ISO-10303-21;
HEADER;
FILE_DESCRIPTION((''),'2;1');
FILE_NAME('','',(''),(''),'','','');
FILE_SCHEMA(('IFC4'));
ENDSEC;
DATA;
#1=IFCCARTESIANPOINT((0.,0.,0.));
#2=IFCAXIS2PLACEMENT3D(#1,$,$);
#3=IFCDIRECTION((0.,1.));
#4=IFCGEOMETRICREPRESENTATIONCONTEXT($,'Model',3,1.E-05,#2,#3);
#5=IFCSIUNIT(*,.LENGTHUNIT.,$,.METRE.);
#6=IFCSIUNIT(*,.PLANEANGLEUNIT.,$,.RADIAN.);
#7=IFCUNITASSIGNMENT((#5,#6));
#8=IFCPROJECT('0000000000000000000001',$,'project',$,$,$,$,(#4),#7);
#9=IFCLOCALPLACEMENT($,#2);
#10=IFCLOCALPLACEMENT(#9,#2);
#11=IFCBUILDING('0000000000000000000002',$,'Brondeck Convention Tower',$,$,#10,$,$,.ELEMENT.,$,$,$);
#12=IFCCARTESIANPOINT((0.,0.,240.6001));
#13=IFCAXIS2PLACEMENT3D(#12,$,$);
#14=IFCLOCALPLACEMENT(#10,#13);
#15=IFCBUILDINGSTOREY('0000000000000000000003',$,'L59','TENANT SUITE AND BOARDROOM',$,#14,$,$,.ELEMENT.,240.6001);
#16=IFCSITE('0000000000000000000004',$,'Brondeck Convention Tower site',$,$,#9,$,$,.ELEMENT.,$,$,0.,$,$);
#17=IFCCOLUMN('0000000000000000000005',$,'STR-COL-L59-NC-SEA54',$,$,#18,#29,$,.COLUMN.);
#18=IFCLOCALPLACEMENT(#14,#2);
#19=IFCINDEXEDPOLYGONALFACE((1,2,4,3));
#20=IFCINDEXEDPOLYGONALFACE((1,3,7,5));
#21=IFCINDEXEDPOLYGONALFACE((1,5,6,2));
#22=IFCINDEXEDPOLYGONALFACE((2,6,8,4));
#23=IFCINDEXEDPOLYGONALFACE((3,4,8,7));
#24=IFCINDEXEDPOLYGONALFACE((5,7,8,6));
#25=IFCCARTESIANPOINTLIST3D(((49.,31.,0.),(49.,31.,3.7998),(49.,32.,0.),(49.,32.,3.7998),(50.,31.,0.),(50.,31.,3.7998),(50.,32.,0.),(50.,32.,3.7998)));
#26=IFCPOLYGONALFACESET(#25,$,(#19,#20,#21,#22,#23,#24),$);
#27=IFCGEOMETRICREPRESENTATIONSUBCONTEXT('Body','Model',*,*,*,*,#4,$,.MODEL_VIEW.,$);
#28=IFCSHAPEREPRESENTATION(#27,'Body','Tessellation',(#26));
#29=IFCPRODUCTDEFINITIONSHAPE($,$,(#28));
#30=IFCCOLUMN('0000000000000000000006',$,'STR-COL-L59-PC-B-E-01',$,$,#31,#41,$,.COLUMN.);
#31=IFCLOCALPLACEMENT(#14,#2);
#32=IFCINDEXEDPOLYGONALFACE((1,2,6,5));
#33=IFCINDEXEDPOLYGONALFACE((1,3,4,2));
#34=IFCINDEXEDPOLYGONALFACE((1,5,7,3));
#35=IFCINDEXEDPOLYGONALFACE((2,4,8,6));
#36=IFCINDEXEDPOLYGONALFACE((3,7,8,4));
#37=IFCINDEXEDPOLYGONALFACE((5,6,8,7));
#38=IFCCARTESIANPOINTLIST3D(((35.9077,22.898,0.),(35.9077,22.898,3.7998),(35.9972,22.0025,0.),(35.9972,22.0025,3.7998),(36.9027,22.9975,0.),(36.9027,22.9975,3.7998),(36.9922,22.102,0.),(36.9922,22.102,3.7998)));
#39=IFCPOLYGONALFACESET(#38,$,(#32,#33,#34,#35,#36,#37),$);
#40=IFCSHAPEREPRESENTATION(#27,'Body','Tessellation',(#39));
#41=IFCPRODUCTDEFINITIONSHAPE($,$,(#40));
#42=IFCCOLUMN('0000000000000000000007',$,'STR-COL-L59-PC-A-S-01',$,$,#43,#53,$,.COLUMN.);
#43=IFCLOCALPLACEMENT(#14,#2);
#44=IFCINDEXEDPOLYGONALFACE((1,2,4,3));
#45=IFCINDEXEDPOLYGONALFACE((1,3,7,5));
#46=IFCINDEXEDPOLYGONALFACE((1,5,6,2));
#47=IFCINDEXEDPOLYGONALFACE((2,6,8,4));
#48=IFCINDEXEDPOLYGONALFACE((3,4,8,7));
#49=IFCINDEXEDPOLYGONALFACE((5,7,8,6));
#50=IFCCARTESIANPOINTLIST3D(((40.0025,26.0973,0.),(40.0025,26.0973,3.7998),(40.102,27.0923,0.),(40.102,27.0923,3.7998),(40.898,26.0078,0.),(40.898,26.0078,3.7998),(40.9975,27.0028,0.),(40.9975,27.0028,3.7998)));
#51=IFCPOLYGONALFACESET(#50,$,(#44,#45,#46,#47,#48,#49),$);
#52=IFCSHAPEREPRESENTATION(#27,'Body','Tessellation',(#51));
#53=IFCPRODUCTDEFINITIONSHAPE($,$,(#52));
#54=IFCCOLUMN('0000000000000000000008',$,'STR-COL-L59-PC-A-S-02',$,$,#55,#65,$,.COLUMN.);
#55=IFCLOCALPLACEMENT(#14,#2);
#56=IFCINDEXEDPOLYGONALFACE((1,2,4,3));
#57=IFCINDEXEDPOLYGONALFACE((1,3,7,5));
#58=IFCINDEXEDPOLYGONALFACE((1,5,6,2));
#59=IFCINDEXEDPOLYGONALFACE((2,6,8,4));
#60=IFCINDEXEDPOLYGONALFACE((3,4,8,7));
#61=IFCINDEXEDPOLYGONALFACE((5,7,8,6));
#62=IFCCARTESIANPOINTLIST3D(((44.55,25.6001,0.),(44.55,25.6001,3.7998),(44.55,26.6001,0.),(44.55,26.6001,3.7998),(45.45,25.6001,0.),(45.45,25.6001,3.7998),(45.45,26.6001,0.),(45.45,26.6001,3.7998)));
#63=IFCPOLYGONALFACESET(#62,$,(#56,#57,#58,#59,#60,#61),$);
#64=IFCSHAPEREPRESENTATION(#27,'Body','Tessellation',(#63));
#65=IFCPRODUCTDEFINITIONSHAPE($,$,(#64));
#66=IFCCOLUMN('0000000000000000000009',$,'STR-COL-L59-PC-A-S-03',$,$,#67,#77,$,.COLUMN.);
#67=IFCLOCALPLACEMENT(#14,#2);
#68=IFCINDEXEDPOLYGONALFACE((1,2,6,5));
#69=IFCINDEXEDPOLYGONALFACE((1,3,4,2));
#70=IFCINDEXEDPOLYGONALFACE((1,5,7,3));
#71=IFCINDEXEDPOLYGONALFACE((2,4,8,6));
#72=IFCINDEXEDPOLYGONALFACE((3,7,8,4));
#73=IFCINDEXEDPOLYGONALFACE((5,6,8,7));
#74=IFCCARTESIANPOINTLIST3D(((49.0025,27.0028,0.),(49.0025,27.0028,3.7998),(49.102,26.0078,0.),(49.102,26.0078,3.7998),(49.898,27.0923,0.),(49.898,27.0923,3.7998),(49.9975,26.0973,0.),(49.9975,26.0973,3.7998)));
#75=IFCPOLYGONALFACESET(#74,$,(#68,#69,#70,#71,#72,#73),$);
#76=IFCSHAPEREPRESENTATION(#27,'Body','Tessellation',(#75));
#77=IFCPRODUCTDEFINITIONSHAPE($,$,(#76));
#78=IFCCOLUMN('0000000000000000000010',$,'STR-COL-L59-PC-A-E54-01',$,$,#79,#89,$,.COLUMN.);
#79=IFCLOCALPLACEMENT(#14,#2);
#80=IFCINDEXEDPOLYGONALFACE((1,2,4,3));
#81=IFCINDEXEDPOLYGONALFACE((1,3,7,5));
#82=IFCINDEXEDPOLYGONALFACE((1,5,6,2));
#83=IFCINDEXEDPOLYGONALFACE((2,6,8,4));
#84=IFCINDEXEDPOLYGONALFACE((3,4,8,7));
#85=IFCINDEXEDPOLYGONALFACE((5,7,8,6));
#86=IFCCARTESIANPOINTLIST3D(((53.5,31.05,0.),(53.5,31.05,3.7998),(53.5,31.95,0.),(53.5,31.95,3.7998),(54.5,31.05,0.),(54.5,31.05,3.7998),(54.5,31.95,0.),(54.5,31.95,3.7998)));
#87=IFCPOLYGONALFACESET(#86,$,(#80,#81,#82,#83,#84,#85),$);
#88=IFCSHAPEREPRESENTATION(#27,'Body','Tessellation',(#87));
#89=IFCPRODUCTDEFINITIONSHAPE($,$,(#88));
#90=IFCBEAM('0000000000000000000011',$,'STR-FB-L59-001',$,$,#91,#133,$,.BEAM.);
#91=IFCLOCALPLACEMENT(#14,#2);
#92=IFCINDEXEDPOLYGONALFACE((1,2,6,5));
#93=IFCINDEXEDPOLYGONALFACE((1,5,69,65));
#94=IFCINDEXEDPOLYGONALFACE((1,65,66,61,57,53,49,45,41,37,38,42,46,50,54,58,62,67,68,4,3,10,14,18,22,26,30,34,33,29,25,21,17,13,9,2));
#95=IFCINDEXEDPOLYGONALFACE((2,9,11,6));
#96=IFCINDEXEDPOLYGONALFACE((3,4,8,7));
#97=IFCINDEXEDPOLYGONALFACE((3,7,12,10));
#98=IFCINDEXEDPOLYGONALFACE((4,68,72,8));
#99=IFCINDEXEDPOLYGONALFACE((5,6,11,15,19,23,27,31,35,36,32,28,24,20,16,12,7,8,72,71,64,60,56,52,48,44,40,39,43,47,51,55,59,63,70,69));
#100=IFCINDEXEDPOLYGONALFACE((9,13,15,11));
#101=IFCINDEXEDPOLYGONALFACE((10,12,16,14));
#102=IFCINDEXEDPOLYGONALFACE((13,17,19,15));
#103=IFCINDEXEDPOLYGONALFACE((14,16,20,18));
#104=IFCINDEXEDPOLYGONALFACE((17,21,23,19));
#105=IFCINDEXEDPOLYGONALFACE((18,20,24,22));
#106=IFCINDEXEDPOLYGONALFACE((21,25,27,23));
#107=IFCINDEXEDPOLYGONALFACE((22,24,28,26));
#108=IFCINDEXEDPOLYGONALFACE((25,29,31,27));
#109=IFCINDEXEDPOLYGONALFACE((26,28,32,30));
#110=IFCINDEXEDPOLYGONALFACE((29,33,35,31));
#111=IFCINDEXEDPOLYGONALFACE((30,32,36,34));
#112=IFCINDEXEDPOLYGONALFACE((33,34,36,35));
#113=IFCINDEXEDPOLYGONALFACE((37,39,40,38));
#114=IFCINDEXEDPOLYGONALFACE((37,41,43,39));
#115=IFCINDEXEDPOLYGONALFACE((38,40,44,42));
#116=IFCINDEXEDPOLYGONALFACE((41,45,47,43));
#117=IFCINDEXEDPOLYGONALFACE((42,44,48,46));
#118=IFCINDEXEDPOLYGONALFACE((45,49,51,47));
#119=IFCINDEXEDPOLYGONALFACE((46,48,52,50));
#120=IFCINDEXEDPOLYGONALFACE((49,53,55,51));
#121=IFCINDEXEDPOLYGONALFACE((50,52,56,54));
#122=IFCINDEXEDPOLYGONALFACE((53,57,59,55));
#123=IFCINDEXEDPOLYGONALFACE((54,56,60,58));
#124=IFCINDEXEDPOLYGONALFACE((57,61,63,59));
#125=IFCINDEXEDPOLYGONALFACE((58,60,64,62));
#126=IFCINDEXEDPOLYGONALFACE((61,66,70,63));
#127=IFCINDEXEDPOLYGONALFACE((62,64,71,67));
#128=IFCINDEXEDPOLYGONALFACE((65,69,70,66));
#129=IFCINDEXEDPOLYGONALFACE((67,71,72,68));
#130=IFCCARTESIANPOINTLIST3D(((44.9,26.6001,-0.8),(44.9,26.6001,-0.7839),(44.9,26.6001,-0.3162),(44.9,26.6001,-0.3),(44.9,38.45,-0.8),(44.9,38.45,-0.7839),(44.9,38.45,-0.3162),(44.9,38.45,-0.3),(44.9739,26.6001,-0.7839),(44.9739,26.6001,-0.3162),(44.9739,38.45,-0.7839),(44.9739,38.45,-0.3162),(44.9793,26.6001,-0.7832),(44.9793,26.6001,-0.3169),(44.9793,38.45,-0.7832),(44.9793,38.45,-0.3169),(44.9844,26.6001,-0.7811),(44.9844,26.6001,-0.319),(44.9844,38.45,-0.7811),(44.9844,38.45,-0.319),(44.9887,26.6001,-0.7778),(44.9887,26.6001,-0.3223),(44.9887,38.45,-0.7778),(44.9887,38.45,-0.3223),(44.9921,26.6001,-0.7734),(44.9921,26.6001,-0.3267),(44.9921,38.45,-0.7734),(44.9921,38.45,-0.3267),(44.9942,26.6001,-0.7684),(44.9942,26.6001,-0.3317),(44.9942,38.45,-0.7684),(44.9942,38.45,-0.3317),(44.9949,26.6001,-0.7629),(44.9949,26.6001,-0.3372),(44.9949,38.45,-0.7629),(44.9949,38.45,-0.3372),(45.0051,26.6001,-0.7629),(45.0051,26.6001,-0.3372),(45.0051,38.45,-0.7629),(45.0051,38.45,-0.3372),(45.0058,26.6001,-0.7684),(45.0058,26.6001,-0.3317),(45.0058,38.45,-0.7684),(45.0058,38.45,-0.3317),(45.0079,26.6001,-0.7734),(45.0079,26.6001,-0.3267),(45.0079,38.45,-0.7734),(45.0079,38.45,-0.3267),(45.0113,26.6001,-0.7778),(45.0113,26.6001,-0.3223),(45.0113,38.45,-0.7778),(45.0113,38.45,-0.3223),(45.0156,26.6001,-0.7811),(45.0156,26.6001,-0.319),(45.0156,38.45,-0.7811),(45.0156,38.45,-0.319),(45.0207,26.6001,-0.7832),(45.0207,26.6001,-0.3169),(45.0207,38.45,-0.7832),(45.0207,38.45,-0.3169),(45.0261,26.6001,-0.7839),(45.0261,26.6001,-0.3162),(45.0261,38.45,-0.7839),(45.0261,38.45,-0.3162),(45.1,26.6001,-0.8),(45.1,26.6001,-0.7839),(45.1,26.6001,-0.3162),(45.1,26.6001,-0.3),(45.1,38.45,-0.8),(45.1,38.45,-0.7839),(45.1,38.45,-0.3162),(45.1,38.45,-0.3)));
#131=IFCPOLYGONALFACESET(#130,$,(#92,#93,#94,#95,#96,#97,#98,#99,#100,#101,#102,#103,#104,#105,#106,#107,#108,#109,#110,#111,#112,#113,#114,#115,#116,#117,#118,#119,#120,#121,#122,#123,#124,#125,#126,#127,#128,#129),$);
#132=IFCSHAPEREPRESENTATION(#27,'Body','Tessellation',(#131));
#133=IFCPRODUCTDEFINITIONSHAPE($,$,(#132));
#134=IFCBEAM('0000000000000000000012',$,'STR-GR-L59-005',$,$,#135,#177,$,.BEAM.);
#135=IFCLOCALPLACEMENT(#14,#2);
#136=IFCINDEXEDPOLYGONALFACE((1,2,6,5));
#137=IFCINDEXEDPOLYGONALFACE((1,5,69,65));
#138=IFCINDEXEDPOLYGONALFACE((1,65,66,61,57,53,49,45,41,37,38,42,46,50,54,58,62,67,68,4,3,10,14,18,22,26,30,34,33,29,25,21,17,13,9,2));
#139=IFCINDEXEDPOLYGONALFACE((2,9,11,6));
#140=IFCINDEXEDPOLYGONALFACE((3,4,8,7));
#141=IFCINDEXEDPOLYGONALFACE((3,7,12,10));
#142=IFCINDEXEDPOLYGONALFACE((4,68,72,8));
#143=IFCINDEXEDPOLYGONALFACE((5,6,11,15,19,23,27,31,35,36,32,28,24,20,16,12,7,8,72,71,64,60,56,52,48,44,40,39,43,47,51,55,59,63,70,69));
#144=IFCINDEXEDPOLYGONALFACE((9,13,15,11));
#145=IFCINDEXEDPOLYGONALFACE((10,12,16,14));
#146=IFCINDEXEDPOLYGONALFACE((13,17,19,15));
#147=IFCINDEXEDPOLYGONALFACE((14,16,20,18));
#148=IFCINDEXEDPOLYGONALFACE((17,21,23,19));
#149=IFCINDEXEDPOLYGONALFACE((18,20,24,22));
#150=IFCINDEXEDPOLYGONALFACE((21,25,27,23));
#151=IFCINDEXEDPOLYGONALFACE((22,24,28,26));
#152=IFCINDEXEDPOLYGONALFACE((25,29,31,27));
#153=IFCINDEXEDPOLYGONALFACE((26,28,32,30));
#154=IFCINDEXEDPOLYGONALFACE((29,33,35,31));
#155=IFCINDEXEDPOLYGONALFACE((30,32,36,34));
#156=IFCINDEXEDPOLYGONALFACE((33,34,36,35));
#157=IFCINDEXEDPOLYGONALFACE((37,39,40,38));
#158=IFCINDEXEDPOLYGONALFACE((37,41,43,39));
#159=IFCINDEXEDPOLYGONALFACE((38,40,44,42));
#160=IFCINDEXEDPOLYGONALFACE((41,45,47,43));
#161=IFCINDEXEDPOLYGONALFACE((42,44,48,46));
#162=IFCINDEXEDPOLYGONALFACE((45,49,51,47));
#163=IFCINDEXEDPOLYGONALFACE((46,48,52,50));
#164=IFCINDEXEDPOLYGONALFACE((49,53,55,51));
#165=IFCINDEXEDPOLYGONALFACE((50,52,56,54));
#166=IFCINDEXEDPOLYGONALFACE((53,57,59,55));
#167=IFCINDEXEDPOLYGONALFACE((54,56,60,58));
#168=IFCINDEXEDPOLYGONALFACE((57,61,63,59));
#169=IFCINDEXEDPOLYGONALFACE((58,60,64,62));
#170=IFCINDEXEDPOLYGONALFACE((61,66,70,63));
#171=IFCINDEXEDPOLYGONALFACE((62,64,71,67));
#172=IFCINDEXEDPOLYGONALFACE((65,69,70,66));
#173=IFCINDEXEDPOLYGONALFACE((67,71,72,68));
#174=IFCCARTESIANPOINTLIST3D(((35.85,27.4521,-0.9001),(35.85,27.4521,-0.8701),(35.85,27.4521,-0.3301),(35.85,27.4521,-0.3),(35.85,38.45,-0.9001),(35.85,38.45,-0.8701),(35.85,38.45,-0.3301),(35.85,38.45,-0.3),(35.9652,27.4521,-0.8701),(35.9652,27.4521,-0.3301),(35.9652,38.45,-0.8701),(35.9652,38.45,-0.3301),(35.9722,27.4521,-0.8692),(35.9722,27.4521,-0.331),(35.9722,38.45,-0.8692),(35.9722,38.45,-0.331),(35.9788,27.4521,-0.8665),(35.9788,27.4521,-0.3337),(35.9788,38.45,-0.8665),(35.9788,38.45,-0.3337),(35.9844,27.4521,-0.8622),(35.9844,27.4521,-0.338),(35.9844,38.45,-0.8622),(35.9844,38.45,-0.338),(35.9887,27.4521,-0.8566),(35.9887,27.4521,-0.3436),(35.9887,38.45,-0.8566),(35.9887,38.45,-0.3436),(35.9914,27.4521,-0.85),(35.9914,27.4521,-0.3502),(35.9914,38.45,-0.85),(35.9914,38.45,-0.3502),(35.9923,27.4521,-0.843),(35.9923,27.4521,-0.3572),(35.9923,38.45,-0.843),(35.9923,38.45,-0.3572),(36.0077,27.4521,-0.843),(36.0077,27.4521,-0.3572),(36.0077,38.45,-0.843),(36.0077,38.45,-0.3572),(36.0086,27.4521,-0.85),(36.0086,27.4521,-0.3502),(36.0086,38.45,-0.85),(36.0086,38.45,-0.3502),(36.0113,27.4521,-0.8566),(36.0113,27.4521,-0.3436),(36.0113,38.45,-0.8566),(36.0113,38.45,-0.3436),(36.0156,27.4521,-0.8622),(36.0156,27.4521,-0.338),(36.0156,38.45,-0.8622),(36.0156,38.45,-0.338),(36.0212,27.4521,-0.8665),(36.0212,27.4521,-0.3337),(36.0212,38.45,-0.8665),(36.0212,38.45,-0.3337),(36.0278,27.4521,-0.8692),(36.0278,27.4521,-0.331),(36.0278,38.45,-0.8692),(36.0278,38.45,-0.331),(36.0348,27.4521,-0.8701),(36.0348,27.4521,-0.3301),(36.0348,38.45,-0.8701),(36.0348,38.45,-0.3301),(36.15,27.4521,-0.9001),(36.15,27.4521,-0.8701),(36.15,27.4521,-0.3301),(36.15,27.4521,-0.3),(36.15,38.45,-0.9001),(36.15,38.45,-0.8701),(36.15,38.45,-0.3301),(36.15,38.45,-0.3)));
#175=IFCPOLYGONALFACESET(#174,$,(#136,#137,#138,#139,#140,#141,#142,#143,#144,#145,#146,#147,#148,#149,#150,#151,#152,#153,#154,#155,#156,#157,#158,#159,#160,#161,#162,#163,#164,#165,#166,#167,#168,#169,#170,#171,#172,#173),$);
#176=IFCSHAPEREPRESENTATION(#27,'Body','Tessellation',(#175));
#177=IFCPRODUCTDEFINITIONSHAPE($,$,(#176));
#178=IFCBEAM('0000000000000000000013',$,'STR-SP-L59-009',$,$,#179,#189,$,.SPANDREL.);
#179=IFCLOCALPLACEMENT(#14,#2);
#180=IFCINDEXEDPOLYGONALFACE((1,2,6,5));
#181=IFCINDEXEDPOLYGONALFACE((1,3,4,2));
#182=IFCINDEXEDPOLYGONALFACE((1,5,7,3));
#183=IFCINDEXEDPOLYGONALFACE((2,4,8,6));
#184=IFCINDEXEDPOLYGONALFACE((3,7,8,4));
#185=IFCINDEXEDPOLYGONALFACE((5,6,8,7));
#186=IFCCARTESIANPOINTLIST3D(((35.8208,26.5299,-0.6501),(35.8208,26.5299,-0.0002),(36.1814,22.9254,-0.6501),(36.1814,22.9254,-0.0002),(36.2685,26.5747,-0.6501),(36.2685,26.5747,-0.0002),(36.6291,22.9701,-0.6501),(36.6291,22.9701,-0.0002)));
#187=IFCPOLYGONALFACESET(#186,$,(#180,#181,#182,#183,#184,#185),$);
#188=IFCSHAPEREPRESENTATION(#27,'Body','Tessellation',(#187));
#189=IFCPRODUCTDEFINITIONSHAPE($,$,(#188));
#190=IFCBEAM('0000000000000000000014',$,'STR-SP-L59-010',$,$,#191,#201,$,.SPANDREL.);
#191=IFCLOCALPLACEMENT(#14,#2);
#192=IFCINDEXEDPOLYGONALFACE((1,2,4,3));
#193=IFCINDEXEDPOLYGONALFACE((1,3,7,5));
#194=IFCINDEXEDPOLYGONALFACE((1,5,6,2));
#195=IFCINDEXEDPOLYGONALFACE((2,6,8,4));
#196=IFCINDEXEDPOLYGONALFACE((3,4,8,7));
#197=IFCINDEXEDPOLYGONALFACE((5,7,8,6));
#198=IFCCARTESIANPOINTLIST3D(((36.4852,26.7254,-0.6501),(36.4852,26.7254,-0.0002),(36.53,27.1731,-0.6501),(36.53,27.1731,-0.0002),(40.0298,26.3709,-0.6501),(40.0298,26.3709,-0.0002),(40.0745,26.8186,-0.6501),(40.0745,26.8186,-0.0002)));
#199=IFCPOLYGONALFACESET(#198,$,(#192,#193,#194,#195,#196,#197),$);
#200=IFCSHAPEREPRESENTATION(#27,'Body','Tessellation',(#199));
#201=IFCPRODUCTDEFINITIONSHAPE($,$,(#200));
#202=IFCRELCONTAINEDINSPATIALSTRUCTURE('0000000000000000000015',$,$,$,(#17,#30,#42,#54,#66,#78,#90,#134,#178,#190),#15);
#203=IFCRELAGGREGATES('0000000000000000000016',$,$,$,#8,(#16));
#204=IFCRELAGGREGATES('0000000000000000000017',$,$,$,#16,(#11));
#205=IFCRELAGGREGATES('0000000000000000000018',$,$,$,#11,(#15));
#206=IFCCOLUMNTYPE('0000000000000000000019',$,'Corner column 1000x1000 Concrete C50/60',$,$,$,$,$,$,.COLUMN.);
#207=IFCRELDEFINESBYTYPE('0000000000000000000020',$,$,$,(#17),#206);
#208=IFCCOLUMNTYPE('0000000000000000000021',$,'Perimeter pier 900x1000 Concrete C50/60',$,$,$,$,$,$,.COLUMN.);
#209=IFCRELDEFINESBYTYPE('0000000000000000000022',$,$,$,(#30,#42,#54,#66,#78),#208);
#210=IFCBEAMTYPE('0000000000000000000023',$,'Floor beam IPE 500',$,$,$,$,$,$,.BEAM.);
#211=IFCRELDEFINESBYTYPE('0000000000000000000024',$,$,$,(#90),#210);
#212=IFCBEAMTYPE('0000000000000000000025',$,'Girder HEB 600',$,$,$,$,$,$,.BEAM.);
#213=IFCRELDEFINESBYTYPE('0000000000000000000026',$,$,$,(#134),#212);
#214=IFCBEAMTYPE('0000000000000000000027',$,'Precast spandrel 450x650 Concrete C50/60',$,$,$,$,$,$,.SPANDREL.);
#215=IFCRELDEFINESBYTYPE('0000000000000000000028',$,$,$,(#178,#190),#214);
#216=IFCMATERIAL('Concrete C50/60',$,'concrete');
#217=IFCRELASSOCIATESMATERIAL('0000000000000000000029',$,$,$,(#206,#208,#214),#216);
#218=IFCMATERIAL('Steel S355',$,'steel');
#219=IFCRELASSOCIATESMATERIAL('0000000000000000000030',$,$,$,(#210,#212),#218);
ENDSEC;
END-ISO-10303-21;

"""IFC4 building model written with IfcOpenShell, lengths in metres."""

from ifc_helpers import new_model, si_unit, direction, frame, origin, origin_2d, place, context, subcontext, project, spatial, rectangle, i_section, extrude, material, material_profile, profile_set, type_object, element, save


model = new_model("IFC4")

# Units and contexts
model_context = context("Model", 3, precision=1e-05, world=origin(), true_north=direction((0.0, 1.0)))
body_context = subcontext(model_context, "Body", "Model", "MODEL_VIEW")
ifc_project = project(units=[si_unit("LENGTHUNIT", "METRE"), si_unit("PLANEANGLEUNIT", "RADIAN")], contexts=[model_context])

# Site, building, storey
site_placement = place(None, origin())
site = spatial("IfcSite", under=ifc_project, at=site_placement, Name="Brondeck Convention Tower site", CompositionType="ELEMENT", RefElevation=0.0)
building_placement = place(site_placement, origin())
building = spatial("IfcBuilding", under=site, at=building_placement, Name="Brondeck Convention Tower", CompositionType="ELEMENT")
storey_placement = place(building_placement, frame((0.0, 0.0, 240.6001)))
storey = spatial("IfcBuildingStorey", under=building, at=storey_placement, Name="L59", Description="TENANT SUITE AND BOARDROOM", CompositionType="ELEMENT", Elevation=240.6001)

# Columns
ifc_material_1 = material(Name="Concrete C50/60", Category="concrete")
ifc_material_profile_1 = material_profile(ifc_material_1, rectangle(XDim=1.0, YDim=1.0, at=origin_2d()), Name="Corner column 1000x1000 Concrete C50/60")
ifc_profile_set_1 = profile_set([ifc_material_profile_1], Name="Concrete C50/60")
column_type_1 = type_object("IfcColumnType", Name="Corner column 1000x1000 Concrete C50/60", PredefinedType="COLUMN", material=ifc_profile_set_1)
column_placement = place(storey_placement, frame((49.5, 31.5, 0.0), z_axis=(0.0, 0.0, 1.0), x_axis=(1.0, 0.0, 0.0)))
element("IfcColumn", 1, at=column_placement, inside=storey, type_object=column_type_1, Name="STR-COL-L59-NC-SEA54", PredefinedType="COLUMN", context=body_context, shape_type="SweptSolid", body=[
    extrude(rectangle(XDim=1.0, YDim=1.0, at=origin_2d()), origin(), (0.0, 0.0, 1.0), 3.7998),
])
ifc_material_profile_2 = material_profile(ifc_material_1, rectangle(XDim=0.8999, YDim=1.0, at=origin_2d()), Name="Perimeter pier 900x1000 Concrete C50/60")
ifc_profile_set_2 = profile_set([ifc_material_profile_2], Name="Concrete C50/60")
column_type_2 = type_object("IfcColumnType", Name="Perimeter pier 900x1000 Concrete C50/60", PredefinedType="COLUMN", material=ifc_profile_set_2)
for number, where, z_axis, x_axis, name in (
    (2, (36.45, 22.5, 0.0), (0.0, 0.0, 1.0), (-0.099504, 0.995037, 0.0), "STR-COL-L59-PC-B-E-01"),
    (3, (40.5, 26.55, 0.0), (0.0, 0.0, 1.0), (0.995037, -0.099504, 0.0), "STR-COL-L59-PC-A-S-01"),
    (4, (45.0, 26.1001, 0.0), (0.0, 0.0, 1.0), (1.0, 0.0, 0.0), "STR-COL-L59-PC-A-S-02"),
    (5, (49.5, 26.55, 0.0), (0.0, 0.0, 1.0), (0.995037, 0.099504, 0.0), "STR-COL-L59-PC-A-S-03"),
    (6, (54.0, 31.5, 0.0), (0.0, 0.0, 1.0), (0.0, 1.0, 0.0), "STR-COL-L59-PC-A-E54-01"),
):
    element("IfcColumn", number, at=place(storey_placement, frame(where, z_axis=z_axis, x_axis=x_axis)), inside=storey, type_object=column_type_2, Name=name, PredefinedType="COLUMN", context=body_context, shape_type="SweptSolid", body=[
        extrude(rectangle(XDim=0.8999, YDim=1.0, at=origin_2d()), origin(), (0.0, 0.0, 1.0), 3.7998),
    ])

# Beams
ifc_material_2 = material(Name="Steel S355", Category="steel")
ifc_material_profile_3 = material_profile(ifc_material_2, i_section(OverallWidth=0.2, OverallDepth=0.5, WebThickness=0.0103, FlangeThickness=0.0161, FilletRadius=0.021, at=origin_2d()), Name="IPE 500")
ifc_profile_set_3 = profile_set([ifc_material_profile_3], Name="Steel S355")
beam_type_1 = type_object("IfcBeamType", Name="Floor beam IPE 500", PredefinedType="BEAM", material=ifc_profile_set_3)
beam_1_placement = place(storey_placement, frame((45.0, 26.6001, -0.55), z_axis=(0.0, 1.0, 0.0), x_axis=(-1.0, 0.0, 0.0)))
element("IfcBeam", 7, at=beam_1_placement, inside=storey, type_object=beam_type_1, Name="STR-FB-L59-001", PredefinedType="BEAM", context=body_context, shape_type="SweptSolid", body=[
    extrude(i_section(OverallWidth=0.2, OverallDepth=0.5, WebThickness=0.0103, FlangeThickness=0.0161, FilletRadius=0.021, at=origin_2d()), origin(), (0.0, 0.0, 1.0), 11.8499),
])
ifc_material_profile_4 = material_profile(ifc_material_2, i_section(OverallWidth=0.3, OverallDepth=0.6001, WebThickness=0.0154, FlangeThickness=0.03, FilletRadius=0.0271, at=origin_2d()), Name="HEB 600")
ifc_profile_set_4 = profile_set([ifc_material_profile_4], Name="Steel S355")
beam_type_2 = type_object("IfcBeamType", Name="Girder HEB 600", PredefinedType="BEAM", material=ifc_profile_set_4)
beam_2_placement = place(storey_placement, frame((36.0, 27.4521, -0.6001), z_axis=(0.0, 1.0, 0.0), x_axis=(-1.0, 0.0, 0.0)))
element("IfcBeam", 8, at=beam_2_placement, inside=storey, type_object=beam_type_2, Name="STR-GR-L59-005", PredefinedType="BEAM", context=body_context, shape_type="SweptSolid", body=[
    extrude(i_section(OverallWidth=0.3, OverallDepth=0.6001, WebThickness=0.0154, FlangeThickness=0.03, FilletRadius=0.0271, at=origin_2d()), origin(), (0.0, 0.0, 1.0), 10.9978),
])
ifc_material_profile_5 = material_profile(ifc_material_1, rectangle(XDim=0.45, YDim=0.6499, at=origin_2d()), Name="Precast spandrel 450x650 Concrete C50/60")
ifc_profile_set_5 = profile_set([ifc_material_profile_5], Name="Concrete C50/60")
beam_type_3 = type_object("IfcBeamType", Name="Precast spandrel 450x650 Concrete C50/60", PredefinedType="SPANDREL", material=ifc_profile_set_5)
beam_3_placement = place(storey_placement, frame((36.4053, 22.9478, -0.3252), z_axis=(-0.099544, 0.995033, 0.0), x_axis=(-0.995033, -0.099544, 0.0)))
element("IfcBeam", 9, at=beam_3_placement, inside=storey, type_object=beam_type_3, Name="STR-SP-L59-009", PredefinedType="SPANDREL", context=body_context, shape_type="SweptSolid", body=[
    extrude(rectangle(XDim=0.45, YDim=0.6499, at=origin_2d()), origin(), (0.0, 0.0, 1.0), 3.6226),
])
beam_4_placement = place(storey_placement, frame((36.5076, 26.9492, -0.3252), z_axis=(0.995037, -0.099511, 0.0), x_axis=(0.099511, 0.995037, 0.0)))
element("IfcBeam", 10, at=beam_4_placement, inside=storey, type_object=beam_type_3, Name="STR-SP-L59-010", PredefinedType="SPANDREL", context=body_context, shape_type="SweptSolid", body=[
    extrude(rectangle(XDim=0.45, YDim=0.6499, at=origin_2d()), origin(), (0.0, 0.0, 1.0), 3.5623),
])

save(model, "model.ifc")
